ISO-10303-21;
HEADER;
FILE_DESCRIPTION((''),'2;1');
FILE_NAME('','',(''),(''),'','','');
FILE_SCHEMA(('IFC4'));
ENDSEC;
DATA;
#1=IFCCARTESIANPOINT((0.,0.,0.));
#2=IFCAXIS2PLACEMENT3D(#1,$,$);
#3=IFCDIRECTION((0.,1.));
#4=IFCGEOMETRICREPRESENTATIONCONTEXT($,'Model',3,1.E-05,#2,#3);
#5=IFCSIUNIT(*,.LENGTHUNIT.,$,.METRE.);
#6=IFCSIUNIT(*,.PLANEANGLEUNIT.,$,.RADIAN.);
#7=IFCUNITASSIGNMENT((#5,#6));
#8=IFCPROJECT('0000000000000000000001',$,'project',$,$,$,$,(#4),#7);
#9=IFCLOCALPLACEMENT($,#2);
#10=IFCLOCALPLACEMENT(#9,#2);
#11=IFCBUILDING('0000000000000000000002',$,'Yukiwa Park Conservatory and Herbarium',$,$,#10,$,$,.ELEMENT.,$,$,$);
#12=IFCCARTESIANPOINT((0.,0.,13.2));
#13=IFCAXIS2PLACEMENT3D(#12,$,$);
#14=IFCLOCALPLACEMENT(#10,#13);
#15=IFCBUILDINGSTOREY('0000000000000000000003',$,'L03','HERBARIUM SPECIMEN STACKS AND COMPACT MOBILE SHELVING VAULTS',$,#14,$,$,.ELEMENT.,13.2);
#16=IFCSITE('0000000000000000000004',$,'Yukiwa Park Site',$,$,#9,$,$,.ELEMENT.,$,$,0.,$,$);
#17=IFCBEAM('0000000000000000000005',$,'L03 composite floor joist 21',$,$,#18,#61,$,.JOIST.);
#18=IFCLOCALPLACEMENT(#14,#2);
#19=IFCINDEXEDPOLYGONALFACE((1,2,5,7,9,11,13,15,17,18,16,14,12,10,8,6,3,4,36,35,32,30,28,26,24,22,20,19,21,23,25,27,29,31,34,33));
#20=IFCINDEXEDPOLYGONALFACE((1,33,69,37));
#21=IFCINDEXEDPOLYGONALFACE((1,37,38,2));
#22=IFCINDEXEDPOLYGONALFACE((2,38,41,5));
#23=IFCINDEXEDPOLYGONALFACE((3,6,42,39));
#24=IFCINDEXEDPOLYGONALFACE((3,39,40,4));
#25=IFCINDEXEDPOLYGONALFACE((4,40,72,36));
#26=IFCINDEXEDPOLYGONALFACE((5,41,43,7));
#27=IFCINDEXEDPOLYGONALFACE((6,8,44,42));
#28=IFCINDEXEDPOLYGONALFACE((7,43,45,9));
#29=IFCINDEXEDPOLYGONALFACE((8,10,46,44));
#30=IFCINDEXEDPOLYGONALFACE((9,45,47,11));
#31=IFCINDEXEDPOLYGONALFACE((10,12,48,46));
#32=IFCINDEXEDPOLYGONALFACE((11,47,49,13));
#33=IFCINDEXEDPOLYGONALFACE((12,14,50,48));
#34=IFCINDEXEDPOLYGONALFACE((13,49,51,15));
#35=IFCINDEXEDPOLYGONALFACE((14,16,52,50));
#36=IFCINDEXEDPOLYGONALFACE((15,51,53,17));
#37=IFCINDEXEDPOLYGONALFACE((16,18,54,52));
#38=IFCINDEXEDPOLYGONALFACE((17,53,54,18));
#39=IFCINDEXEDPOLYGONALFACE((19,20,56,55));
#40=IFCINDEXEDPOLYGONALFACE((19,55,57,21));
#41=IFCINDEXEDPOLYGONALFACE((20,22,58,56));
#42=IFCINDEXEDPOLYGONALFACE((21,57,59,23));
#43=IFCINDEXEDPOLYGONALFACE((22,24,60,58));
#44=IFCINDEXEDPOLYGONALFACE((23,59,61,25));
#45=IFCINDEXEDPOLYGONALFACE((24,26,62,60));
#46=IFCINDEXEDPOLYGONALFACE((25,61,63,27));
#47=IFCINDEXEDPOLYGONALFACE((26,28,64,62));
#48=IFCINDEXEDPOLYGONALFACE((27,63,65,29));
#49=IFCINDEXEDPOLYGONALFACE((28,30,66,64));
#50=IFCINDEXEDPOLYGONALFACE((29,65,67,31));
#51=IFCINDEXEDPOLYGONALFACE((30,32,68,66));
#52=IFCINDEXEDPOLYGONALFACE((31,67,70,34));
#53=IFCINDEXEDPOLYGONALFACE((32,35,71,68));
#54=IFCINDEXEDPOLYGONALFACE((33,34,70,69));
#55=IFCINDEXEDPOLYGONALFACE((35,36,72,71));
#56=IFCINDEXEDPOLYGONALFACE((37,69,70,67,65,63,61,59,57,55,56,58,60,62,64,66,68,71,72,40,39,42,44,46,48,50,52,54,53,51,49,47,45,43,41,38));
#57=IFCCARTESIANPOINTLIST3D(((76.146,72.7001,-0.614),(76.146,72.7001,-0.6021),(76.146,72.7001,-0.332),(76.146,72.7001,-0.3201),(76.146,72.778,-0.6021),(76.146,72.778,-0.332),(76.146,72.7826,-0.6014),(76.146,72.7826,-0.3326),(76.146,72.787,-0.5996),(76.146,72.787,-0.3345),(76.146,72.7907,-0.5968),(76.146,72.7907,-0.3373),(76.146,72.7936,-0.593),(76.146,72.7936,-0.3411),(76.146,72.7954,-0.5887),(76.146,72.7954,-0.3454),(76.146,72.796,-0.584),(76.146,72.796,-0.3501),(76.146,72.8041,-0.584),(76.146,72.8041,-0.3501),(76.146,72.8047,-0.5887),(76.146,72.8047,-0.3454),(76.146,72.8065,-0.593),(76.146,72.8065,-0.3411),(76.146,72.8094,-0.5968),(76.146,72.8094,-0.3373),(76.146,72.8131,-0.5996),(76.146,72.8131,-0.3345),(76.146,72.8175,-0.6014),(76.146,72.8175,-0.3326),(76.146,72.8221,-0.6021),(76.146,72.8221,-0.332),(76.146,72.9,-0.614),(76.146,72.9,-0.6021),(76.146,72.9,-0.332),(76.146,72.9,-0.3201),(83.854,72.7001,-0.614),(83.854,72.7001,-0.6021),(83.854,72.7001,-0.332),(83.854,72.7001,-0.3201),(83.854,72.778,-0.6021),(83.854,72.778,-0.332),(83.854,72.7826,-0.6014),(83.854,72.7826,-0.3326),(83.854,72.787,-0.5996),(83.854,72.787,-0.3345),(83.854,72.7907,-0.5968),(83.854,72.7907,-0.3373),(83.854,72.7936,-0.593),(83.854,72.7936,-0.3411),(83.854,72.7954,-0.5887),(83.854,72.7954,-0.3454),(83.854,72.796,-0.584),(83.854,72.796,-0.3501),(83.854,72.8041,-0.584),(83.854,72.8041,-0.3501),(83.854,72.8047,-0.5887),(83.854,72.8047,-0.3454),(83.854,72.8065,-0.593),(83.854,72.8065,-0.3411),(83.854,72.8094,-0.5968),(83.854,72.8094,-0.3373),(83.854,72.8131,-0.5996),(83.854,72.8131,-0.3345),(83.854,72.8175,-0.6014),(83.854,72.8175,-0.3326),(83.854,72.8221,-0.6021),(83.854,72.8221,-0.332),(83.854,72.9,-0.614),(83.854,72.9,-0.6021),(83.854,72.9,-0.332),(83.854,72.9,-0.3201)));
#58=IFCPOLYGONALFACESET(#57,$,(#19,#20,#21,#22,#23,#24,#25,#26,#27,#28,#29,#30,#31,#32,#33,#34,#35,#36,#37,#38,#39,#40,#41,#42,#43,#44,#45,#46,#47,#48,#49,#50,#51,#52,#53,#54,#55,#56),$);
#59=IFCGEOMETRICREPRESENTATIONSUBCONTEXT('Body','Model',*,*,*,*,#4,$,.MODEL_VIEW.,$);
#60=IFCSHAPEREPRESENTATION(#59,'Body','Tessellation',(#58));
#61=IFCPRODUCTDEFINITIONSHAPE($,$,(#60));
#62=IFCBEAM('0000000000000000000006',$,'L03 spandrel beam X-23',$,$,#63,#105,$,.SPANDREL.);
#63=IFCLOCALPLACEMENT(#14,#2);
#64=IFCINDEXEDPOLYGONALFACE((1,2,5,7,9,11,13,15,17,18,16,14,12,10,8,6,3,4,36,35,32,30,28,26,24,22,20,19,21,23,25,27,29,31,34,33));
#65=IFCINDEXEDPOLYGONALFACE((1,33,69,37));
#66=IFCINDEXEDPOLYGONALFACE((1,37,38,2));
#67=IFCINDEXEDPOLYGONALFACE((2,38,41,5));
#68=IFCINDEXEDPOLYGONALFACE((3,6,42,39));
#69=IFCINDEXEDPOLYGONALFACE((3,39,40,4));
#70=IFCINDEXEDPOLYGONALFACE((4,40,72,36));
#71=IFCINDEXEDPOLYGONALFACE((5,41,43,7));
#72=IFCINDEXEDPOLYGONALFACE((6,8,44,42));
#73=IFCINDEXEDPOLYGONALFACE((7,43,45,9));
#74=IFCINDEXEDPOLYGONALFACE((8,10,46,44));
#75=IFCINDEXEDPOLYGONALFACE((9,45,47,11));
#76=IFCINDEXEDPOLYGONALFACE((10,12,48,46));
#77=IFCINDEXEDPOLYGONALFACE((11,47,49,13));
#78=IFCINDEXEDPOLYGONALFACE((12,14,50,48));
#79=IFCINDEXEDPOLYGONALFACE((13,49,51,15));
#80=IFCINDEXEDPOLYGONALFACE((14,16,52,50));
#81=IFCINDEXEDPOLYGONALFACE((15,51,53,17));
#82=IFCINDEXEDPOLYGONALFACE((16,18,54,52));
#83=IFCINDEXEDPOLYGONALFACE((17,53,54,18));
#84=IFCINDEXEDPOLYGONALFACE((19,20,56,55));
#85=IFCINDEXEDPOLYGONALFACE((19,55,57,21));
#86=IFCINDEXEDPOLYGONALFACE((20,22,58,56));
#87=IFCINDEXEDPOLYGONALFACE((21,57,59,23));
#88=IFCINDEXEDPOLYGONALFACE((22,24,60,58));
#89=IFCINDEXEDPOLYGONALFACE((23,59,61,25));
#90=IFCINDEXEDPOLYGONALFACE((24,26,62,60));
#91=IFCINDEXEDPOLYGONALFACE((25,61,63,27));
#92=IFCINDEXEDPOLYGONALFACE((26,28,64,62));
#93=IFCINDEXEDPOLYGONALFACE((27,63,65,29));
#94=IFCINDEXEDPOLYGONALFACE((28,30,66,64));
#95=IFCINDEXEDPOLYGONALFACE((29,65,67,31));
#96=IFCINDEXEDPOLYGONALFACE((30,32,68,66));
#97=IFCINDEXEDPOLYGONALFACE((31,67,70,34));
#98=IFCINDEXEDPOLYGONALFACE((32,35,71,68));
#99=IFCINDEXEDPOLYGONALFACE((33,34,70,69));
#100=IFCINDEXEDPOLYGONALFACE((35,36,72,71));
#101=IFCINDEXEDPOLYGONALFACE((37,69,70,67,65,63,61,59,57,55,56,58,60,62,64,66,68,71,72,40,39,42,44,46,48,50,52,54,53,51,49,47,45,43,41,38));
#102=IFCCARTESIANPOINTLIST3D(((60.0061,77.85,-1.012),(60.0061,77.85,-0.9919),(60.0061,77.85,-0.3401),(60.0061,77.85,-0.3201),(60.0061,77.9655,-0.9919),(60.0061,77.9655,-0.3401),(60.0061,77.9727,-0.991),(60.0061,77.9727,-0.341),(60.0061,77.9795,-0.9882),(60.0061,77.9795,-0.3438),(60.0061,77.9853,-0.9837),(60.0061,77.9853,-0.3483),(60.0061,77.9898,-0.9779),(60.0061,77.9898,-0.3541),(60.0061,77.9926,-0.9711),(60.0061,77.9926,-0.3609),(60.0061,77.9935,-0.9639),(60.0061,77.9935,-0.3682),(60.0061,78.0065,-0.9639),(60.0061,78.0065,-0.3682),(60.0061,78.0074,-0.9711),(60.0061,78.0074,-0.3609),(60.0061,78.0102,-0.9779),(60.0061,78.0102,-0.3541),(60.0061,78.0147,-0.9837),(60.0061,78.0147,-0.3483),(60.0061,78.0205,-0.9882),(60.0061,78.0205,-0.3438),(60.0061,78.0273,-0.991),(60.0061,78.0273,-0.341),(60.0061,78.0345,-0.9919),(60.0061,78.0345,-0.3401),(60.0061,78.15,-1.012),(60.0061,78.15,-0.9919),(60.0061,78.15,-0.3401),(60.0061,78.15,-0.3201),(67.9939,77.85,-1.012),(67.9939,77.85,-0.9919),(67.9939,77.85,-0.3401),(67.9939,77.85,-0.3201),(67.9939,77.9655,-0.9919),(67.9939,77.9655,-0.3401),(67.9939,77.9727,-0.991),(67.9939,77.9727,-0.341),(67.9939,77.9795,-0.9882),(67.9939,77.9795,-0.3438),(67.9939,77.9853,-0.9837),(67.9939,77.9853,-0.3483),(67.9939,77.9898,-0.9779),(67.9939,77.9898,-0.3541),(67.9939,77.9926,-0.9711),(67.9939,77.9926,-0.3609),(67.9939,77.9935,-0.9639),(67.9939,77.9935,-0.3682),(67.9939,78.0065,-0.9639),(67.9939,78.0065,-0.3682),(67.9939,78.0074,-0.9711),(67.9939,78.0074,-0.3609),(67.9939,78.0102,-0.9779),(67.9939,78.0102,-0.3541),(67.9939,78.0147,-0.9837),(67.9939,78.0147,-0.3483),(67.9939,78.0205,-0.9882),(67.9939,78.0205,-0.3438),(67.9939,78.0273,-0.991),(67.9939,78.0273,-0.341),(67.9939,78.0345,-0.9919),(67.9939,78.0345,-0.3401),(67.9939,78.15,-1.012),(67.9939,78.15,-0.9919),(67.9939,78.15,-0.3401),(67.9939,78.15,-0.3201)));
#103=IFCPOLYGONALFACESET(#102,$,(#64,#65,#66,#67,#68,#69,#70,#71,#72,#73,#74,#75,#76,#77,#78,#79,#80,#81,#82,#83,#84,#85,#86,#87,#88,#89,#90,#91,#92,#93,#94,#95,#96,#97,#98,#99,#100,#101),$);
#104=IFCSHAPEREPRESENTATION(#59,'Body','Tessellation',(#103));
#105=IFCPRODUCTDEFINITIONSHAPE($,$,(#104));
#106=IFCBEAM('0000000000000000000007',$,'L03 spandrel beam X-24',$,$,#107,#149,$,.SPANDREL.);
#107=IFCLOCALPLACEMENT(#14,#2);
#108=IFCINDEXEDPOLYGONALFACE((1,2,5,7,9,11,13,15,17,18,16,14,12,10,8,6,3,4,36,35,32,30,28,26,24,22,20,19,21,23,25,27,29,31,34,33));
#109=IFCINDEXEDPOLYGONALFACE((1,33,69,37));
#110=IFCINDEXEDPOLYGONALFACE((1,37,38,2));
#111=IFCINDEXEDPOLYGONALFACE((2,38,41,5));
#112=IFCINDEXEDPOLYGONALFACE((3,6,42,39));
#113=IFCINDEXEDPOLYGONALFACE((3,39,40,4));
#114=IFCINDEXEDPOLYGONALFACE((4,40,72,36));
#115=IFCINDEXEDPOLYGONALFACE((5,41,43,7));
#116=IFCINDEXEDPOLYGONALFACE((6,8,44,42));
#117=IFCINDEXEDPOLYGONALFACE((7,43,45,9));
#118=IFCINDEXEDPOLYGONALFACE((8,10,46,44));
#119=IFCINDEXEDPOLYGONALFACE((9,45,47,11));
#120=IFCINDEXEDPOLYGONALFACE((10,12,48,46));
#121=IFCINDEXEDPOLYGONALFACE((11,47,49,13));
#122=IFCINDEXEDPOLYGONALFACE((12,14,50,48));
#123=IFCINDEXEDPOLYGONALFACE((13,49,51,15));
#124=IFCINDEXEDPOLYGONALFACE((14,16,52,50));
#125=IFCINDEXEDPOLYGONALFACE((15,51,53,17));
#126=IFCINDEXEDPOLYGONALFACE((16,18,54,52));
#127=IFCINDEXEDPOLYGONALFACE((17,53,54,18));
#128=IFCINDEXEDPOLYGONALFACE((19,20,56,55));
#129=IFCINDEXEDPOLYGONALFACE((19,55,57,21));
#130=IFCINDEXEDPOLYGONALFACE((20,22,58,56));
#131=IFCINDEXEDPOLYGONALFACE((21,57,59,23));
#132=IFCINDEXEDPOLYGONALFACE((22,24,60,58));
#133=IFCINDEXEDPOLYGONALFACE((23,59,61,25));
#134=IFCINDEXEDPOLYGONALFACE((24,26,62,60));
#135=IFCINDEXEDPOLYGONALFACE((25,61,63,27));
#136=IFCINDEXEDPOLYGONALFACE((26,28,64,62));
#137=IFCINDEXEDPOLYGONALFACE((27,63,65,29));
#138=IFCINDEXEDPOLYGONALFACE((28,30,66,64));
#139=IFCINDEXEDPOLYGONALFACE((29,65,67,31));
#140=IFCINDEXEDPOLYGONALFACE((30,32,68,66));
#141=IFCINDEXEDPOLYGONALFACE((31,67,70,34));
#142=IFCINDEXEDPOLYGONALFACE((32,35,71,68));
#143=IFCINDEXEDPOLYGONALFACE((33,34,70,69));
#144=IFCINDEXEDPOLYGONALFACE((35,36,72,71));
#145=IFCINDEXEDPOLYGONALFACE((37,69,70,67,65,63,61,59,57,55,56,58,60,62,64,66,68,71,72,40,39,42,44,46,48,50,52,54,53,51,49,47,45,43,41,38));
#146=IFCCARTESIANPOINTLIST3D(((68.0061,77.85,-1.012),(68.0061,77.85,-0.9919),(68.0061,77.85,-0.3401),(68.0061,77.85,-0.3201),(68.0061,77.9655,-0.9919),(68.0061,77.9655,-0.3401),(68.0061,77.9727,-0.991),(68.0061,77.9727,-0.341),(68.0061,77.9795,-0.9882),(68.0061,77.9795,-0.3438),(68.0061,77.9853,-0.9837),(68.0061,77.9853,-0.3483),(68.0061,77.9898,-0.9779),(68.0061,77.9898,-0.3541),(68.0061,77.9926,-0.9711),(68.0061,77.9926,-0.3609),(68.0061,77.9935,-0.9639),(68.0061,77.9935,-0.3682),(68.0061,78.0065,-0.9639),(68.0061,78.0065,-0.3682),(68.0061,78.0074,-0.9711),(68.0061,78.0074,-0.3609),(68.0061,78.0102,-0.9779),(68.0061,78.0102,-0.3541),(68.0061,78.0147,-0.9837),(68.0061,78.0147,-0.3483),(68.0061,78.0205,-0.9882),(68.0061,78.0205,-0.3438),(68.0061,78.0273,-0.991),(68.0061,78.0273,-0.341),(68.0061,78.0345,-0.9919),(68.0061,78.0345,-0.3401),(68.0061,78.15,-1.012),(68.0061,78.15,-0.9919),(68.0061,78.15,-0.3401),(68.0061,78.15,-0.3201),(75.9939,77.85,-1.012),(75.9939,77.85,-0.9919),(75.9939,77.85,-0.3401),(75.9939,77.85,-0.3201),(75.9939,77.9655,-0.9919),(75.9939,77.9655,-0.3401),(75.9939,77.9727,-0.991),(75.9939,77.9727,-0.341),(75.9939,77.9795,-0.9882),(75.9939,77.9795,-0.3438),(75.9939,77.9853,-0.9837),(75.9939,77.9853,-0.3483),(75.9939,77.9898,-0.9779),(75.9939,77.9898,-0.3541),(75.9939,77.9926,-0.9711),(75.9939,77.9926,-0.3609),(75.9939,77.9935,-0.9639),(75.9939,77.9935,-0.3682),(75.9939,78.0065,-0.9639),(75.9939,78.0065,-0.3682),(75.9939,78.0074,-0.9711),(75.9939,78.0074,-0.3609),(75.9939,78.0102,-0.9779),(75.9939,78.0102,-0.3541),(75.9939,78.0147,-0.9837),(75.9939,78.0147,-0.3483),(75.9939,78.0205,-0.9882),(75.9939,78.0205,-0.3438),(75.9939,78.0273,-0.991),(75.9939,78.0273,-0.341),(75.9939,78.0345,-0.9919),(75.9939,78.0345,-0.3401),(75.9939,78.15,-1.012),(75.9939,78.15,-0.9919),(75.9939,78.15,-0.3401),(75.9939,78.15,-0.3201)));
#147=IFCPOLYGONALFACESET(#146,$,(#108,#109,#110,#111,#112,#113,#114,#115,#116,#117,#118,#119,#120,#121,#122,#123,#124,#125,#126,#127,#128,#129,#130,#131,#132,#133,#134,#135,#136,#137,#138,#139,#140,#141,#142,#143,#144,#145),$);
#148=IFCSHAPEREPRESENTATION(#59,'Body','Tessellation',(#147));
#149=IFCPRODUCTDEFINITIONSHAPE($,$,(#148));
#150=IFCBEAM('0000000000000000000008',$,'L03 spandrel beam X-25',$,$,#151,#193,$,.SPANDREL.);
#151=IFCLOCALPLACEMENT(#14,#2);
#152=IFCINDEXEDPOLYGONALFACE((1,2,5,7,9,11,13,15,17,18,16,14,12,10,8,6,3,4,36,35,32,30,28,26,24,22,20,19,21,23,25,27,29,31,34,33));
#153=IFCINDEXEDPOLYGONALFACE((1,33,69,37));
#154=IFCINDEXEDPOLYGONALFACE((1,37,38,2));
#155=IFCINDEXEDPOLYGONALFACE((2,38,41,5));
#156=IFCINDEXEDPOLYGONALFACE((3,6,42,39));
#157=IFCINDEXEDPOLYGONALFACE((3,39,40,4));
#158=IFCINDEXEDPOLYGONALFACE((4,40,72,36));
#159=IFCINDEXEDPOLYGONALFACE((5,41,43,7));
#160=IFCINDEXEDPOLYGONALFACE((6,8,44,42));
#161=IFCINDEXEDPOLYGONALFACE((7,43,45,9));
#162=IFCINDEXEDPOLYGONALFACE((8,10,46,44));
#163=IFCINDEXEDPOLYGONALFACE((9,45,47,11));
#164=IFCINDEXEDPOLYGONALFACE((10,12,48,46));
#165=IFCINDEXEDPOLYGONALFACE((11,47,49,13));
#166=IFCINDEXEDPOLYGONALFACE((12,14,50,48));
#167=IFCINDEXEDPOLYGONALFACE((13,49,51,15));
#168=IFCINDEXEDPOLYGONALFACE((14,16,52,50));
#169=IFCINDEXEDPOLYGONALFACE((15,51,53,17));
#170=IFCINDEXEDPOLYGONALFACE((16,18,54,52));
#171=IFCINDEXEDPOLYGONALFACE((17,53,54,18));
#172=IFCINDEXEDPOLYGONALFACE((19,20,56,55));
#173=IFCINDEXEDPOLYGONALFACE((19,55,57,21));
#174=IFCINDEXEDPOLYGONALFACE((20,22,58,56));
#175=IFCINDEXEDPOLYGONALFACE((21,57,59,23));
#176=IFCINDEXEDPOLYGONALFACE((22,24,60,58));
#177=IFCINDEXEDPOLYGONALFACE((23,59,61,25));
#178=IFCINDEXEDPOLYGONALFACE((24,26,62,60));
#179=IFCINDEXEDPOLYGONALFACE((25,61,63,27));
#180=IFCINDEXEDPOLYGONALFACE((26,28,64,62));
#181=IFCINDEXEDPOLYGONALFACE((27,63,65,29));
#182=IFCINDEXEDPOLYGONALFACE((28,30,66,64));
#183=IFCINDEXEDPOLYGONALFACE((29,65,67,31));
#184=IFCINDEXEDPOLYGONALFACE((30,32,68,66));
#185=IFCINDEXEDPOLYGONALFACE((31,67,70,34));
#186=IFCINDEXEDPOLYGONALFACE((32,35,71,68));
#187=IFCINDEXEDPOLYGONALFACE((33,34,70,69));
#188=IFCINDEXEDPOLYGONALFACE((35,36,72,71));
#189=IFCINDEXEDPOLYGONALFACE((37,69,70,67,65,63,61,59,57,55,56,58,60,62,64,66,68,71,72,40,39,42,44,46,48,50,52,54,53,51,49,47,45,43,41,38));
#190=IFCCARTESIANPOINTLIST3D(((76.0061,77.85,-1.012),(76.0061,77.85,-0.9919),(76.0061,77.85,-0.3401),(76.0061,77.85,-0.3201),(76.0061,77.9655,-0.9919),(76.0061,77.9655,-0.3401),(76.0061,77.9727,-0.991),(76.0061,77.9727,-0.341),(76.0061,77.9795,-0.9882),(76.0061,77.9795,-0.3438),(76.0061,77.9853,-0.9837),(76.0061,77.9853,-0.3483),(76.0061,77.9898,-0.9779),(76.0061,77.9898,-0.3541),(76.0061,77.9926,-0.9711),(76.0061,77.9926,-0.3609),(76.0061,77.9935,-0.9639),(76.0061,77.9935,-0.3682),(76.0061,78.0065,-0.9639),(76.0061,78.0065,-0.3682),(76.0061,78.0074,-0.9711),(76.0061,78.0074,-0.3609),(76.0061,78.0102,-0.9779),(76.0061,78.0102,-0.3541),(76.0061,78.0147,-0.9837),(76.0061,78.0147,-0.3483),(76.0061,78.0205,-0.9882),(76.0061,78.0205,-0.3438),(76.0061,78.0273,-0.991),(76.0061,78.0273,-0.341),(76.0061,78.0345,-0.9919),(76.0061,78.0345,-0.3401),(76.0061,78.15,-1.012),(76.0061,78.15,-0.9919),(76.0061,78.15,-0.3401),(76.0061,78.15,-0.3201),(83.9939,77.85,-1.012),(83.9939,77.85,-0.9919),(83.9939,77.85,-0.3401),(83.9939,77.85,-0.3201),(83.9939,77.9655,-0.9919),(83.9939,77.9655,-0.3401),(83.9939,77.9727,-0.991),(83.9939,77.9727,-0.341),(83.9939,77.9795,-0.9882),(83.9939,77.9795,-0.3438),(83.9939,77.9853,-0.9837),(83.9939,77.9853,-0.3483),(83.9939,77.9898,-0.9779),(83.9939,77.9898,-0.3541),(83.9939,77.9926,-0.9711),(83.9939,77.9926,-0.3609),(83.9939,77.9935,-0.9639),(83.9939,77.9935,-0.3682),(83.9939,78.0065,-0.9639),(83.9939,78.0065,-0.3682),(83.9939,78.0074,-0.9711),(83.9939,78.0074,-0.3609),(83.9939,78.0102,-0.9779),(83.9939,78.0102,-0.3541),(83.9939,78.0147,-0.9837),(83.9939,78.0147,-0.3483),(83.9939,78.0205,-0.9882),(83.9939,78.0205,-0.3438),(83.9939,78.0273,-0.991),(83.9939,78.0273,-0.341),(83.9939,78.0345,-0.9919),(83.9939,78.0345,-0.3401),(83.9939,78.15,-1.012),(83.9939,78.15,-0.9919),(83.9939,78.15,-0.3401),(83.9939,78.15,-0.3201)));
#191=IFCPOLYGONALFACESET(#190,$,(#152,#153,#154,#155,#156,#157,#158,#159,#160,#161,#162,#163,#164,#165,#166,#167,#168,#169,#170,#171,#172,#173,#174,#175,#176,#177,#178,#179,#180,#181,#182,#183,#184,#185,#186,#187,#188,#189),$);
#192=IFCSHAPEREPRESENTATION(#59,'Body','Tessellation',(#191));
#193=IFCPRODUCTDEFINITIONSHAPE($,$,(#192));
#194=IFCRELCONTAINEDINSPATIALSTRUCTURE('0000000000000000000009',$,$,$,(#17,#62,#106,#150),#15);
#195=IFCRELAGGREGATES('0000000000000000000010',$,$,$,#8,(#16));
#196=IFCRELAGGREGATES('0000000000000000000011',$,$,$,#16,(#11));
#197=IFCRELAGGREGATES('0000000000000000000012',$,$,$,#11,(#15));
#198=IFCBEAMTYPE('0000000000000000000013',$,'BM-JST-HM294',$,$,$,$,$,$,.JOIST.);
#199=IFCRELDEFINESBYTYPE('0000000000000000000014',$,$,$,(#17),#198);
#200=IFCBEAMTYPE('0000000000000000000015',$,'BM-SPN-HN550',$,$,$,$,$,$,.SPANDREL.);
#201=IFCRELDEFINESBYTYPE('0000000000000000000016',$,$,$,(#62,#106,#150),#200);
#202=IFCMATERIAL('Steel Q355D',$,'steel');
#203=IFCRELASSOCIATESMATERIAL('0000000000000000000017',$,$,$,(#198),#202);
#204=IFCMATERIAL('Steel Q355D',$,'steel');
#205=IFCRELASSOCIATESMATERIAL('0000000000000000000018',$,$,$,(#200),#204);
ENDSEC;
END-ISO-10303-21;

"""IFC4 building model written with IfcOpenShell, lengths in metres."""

from ifc_helpers import new_model, si_unit, direction, frame, origin, origin_2d, place, context, subcontext, project, spatial, i_section, extrude, material, material_profile, profile_set, type_object, element, save


model = new_model("IFC4")

# Units and contexts
model_context = context("Model", 3, precision=1e-05, world=origin(), true_north=direction((0.0, 1.0)))
body_context = subcontext(model_context, "Body", "Model", "MODEL_VIEW")
ifc_project = project(units=[si_unit("LENGTHUNIT", "METRE"), si_unit("PLANEANGLEUNIT", "RADIAN")], contexts=[model_context])

# Site, building, storey
site_placement = place(None, origin())
site = spatial("IfcSite", under=ifc_project, at=site_placement, Name="Yukiwa Park Site", CompositionType="ELEMENT", RefElevation=0.0)
building_placement = place(site_placement, origin())
building = spatial("IfcBuilding", under=site, at=building_placement, Name="Yukiwa Park Conservatory and Herbarium", CompositionType="ELEMENT")
storey_placement = place(building_placement, frame((0.0, 0.0, 13.2)))
storey = spatial("IfcBuildingStorey", under=building, at=storey_placement, Name="L03", Description="HERBARIUM SPECIMEN STACKS AND COMPACT MOBILE SHELVING VAULTS", CompositionType="ELEMENT", Elevation=13.2)

# Beams
ifc_material_1 = material(Name="Steel Q355D", Category="steel")
ifc_material_profile_1 = material_profile(ifc_material_1, i_section(OverallWidth=0.2, OverallDepth=0.2939, WebThickness=0.0081, FlangeThickness=0.012, FilletRadius=0.0181, at=origin_2d()), Name="HM 294x200x8x12")
ifc_profile_set_1 = profile_set([ifc_material_profile_1], Name="Steel Q355D")
beam_type_1 = type_object("IfcBeamType", Name="BM-JST-HM294", PredefinedType="JOIST", material=ifc_profile_set_1)
for number, where, z_axis, x_axis, name in (
    (1, (76.146, 72.8, -0.467), (1.0, 0.0, 0.0), (0.0, 1.0, 0.0), "L03 composite floor joist 21"),
):
    element("IfcBeam", number, at=place(storey_placement, frame(where, z_axis=z_axis, x_axis=x_axis)), inside=storey, type_object=beam_type_1, Name=name, PredefinedType="JOIST", context=body_context, shape_type="SweptSolid", body=[
        extrude(i_section(OverallWidth=0.2, OverallDepth=0.2939, WebThickness=0.0081, FlangeThickness=0.012, FilletRadius=0.0181, at=origin_2d()), origin(), (0.0, 0.0, 1.0), 7.708),
    ])
ifc_material_2 = material(Name="Steel Q355D", Category="steel")
ifc_material_profile_2 = material_profile(ifc_material_2, i_section(OverallWidth=0.3, OverallDepth=0.6919, WebThickness=0.0129, FlangeThickness=0.02, FilletRadius=0.0281, at=origin_2d()), Name="HN 692x300x13x20")
ifc_profile_set_2 = profile_set([ifc_material_profile_2], Name="Steel Q355D")
beam_type_2 = type_object("IfcBeamType", Name="BM-SPN-HN550", PredefinedType="SPANDREL", material=ifc_profile_set_2)
for number, where, z_axis, x_axis, name in (
    (2, (60.0061, 78.0, -0.666), (1.0, 0.0, 0.0), (0.0, 1.0, 0.0), "L03 spandrel beam X-23"),
    (3, (68.0061, 78.0, -0.666), (1.0, 0.0, 0.0), (0.0, 1.0, 0.0), "L03 spandrel beam X-24"),
    (4, (76.0061, 78.0, -0.666), (1.0, 0.0, 0.0), (0.0, 1.0, 0.0), "L03 spandrel beam X-25"),
):
    element("IfcBeam", number, at=place(storey_placement, frame(where, z_axis=z_axis, x_axis=x_axis)), inside=storey, type_object=beam_type_2, Name=name, PredefinedType="SPANDREL", context=body_context, shape_type="SweptSolid", body=[
        extrude(i_section(OverallWidth=0.3, OverallDepth=0.6919, WebThickness=0.0129, FlangeThickness=0.02, FilletRadius=0.0281, at=origin_2d()), origin(), (0.0, 0.0, 1.0), 7.9878),
    ])

save(model, "model.ifc")
